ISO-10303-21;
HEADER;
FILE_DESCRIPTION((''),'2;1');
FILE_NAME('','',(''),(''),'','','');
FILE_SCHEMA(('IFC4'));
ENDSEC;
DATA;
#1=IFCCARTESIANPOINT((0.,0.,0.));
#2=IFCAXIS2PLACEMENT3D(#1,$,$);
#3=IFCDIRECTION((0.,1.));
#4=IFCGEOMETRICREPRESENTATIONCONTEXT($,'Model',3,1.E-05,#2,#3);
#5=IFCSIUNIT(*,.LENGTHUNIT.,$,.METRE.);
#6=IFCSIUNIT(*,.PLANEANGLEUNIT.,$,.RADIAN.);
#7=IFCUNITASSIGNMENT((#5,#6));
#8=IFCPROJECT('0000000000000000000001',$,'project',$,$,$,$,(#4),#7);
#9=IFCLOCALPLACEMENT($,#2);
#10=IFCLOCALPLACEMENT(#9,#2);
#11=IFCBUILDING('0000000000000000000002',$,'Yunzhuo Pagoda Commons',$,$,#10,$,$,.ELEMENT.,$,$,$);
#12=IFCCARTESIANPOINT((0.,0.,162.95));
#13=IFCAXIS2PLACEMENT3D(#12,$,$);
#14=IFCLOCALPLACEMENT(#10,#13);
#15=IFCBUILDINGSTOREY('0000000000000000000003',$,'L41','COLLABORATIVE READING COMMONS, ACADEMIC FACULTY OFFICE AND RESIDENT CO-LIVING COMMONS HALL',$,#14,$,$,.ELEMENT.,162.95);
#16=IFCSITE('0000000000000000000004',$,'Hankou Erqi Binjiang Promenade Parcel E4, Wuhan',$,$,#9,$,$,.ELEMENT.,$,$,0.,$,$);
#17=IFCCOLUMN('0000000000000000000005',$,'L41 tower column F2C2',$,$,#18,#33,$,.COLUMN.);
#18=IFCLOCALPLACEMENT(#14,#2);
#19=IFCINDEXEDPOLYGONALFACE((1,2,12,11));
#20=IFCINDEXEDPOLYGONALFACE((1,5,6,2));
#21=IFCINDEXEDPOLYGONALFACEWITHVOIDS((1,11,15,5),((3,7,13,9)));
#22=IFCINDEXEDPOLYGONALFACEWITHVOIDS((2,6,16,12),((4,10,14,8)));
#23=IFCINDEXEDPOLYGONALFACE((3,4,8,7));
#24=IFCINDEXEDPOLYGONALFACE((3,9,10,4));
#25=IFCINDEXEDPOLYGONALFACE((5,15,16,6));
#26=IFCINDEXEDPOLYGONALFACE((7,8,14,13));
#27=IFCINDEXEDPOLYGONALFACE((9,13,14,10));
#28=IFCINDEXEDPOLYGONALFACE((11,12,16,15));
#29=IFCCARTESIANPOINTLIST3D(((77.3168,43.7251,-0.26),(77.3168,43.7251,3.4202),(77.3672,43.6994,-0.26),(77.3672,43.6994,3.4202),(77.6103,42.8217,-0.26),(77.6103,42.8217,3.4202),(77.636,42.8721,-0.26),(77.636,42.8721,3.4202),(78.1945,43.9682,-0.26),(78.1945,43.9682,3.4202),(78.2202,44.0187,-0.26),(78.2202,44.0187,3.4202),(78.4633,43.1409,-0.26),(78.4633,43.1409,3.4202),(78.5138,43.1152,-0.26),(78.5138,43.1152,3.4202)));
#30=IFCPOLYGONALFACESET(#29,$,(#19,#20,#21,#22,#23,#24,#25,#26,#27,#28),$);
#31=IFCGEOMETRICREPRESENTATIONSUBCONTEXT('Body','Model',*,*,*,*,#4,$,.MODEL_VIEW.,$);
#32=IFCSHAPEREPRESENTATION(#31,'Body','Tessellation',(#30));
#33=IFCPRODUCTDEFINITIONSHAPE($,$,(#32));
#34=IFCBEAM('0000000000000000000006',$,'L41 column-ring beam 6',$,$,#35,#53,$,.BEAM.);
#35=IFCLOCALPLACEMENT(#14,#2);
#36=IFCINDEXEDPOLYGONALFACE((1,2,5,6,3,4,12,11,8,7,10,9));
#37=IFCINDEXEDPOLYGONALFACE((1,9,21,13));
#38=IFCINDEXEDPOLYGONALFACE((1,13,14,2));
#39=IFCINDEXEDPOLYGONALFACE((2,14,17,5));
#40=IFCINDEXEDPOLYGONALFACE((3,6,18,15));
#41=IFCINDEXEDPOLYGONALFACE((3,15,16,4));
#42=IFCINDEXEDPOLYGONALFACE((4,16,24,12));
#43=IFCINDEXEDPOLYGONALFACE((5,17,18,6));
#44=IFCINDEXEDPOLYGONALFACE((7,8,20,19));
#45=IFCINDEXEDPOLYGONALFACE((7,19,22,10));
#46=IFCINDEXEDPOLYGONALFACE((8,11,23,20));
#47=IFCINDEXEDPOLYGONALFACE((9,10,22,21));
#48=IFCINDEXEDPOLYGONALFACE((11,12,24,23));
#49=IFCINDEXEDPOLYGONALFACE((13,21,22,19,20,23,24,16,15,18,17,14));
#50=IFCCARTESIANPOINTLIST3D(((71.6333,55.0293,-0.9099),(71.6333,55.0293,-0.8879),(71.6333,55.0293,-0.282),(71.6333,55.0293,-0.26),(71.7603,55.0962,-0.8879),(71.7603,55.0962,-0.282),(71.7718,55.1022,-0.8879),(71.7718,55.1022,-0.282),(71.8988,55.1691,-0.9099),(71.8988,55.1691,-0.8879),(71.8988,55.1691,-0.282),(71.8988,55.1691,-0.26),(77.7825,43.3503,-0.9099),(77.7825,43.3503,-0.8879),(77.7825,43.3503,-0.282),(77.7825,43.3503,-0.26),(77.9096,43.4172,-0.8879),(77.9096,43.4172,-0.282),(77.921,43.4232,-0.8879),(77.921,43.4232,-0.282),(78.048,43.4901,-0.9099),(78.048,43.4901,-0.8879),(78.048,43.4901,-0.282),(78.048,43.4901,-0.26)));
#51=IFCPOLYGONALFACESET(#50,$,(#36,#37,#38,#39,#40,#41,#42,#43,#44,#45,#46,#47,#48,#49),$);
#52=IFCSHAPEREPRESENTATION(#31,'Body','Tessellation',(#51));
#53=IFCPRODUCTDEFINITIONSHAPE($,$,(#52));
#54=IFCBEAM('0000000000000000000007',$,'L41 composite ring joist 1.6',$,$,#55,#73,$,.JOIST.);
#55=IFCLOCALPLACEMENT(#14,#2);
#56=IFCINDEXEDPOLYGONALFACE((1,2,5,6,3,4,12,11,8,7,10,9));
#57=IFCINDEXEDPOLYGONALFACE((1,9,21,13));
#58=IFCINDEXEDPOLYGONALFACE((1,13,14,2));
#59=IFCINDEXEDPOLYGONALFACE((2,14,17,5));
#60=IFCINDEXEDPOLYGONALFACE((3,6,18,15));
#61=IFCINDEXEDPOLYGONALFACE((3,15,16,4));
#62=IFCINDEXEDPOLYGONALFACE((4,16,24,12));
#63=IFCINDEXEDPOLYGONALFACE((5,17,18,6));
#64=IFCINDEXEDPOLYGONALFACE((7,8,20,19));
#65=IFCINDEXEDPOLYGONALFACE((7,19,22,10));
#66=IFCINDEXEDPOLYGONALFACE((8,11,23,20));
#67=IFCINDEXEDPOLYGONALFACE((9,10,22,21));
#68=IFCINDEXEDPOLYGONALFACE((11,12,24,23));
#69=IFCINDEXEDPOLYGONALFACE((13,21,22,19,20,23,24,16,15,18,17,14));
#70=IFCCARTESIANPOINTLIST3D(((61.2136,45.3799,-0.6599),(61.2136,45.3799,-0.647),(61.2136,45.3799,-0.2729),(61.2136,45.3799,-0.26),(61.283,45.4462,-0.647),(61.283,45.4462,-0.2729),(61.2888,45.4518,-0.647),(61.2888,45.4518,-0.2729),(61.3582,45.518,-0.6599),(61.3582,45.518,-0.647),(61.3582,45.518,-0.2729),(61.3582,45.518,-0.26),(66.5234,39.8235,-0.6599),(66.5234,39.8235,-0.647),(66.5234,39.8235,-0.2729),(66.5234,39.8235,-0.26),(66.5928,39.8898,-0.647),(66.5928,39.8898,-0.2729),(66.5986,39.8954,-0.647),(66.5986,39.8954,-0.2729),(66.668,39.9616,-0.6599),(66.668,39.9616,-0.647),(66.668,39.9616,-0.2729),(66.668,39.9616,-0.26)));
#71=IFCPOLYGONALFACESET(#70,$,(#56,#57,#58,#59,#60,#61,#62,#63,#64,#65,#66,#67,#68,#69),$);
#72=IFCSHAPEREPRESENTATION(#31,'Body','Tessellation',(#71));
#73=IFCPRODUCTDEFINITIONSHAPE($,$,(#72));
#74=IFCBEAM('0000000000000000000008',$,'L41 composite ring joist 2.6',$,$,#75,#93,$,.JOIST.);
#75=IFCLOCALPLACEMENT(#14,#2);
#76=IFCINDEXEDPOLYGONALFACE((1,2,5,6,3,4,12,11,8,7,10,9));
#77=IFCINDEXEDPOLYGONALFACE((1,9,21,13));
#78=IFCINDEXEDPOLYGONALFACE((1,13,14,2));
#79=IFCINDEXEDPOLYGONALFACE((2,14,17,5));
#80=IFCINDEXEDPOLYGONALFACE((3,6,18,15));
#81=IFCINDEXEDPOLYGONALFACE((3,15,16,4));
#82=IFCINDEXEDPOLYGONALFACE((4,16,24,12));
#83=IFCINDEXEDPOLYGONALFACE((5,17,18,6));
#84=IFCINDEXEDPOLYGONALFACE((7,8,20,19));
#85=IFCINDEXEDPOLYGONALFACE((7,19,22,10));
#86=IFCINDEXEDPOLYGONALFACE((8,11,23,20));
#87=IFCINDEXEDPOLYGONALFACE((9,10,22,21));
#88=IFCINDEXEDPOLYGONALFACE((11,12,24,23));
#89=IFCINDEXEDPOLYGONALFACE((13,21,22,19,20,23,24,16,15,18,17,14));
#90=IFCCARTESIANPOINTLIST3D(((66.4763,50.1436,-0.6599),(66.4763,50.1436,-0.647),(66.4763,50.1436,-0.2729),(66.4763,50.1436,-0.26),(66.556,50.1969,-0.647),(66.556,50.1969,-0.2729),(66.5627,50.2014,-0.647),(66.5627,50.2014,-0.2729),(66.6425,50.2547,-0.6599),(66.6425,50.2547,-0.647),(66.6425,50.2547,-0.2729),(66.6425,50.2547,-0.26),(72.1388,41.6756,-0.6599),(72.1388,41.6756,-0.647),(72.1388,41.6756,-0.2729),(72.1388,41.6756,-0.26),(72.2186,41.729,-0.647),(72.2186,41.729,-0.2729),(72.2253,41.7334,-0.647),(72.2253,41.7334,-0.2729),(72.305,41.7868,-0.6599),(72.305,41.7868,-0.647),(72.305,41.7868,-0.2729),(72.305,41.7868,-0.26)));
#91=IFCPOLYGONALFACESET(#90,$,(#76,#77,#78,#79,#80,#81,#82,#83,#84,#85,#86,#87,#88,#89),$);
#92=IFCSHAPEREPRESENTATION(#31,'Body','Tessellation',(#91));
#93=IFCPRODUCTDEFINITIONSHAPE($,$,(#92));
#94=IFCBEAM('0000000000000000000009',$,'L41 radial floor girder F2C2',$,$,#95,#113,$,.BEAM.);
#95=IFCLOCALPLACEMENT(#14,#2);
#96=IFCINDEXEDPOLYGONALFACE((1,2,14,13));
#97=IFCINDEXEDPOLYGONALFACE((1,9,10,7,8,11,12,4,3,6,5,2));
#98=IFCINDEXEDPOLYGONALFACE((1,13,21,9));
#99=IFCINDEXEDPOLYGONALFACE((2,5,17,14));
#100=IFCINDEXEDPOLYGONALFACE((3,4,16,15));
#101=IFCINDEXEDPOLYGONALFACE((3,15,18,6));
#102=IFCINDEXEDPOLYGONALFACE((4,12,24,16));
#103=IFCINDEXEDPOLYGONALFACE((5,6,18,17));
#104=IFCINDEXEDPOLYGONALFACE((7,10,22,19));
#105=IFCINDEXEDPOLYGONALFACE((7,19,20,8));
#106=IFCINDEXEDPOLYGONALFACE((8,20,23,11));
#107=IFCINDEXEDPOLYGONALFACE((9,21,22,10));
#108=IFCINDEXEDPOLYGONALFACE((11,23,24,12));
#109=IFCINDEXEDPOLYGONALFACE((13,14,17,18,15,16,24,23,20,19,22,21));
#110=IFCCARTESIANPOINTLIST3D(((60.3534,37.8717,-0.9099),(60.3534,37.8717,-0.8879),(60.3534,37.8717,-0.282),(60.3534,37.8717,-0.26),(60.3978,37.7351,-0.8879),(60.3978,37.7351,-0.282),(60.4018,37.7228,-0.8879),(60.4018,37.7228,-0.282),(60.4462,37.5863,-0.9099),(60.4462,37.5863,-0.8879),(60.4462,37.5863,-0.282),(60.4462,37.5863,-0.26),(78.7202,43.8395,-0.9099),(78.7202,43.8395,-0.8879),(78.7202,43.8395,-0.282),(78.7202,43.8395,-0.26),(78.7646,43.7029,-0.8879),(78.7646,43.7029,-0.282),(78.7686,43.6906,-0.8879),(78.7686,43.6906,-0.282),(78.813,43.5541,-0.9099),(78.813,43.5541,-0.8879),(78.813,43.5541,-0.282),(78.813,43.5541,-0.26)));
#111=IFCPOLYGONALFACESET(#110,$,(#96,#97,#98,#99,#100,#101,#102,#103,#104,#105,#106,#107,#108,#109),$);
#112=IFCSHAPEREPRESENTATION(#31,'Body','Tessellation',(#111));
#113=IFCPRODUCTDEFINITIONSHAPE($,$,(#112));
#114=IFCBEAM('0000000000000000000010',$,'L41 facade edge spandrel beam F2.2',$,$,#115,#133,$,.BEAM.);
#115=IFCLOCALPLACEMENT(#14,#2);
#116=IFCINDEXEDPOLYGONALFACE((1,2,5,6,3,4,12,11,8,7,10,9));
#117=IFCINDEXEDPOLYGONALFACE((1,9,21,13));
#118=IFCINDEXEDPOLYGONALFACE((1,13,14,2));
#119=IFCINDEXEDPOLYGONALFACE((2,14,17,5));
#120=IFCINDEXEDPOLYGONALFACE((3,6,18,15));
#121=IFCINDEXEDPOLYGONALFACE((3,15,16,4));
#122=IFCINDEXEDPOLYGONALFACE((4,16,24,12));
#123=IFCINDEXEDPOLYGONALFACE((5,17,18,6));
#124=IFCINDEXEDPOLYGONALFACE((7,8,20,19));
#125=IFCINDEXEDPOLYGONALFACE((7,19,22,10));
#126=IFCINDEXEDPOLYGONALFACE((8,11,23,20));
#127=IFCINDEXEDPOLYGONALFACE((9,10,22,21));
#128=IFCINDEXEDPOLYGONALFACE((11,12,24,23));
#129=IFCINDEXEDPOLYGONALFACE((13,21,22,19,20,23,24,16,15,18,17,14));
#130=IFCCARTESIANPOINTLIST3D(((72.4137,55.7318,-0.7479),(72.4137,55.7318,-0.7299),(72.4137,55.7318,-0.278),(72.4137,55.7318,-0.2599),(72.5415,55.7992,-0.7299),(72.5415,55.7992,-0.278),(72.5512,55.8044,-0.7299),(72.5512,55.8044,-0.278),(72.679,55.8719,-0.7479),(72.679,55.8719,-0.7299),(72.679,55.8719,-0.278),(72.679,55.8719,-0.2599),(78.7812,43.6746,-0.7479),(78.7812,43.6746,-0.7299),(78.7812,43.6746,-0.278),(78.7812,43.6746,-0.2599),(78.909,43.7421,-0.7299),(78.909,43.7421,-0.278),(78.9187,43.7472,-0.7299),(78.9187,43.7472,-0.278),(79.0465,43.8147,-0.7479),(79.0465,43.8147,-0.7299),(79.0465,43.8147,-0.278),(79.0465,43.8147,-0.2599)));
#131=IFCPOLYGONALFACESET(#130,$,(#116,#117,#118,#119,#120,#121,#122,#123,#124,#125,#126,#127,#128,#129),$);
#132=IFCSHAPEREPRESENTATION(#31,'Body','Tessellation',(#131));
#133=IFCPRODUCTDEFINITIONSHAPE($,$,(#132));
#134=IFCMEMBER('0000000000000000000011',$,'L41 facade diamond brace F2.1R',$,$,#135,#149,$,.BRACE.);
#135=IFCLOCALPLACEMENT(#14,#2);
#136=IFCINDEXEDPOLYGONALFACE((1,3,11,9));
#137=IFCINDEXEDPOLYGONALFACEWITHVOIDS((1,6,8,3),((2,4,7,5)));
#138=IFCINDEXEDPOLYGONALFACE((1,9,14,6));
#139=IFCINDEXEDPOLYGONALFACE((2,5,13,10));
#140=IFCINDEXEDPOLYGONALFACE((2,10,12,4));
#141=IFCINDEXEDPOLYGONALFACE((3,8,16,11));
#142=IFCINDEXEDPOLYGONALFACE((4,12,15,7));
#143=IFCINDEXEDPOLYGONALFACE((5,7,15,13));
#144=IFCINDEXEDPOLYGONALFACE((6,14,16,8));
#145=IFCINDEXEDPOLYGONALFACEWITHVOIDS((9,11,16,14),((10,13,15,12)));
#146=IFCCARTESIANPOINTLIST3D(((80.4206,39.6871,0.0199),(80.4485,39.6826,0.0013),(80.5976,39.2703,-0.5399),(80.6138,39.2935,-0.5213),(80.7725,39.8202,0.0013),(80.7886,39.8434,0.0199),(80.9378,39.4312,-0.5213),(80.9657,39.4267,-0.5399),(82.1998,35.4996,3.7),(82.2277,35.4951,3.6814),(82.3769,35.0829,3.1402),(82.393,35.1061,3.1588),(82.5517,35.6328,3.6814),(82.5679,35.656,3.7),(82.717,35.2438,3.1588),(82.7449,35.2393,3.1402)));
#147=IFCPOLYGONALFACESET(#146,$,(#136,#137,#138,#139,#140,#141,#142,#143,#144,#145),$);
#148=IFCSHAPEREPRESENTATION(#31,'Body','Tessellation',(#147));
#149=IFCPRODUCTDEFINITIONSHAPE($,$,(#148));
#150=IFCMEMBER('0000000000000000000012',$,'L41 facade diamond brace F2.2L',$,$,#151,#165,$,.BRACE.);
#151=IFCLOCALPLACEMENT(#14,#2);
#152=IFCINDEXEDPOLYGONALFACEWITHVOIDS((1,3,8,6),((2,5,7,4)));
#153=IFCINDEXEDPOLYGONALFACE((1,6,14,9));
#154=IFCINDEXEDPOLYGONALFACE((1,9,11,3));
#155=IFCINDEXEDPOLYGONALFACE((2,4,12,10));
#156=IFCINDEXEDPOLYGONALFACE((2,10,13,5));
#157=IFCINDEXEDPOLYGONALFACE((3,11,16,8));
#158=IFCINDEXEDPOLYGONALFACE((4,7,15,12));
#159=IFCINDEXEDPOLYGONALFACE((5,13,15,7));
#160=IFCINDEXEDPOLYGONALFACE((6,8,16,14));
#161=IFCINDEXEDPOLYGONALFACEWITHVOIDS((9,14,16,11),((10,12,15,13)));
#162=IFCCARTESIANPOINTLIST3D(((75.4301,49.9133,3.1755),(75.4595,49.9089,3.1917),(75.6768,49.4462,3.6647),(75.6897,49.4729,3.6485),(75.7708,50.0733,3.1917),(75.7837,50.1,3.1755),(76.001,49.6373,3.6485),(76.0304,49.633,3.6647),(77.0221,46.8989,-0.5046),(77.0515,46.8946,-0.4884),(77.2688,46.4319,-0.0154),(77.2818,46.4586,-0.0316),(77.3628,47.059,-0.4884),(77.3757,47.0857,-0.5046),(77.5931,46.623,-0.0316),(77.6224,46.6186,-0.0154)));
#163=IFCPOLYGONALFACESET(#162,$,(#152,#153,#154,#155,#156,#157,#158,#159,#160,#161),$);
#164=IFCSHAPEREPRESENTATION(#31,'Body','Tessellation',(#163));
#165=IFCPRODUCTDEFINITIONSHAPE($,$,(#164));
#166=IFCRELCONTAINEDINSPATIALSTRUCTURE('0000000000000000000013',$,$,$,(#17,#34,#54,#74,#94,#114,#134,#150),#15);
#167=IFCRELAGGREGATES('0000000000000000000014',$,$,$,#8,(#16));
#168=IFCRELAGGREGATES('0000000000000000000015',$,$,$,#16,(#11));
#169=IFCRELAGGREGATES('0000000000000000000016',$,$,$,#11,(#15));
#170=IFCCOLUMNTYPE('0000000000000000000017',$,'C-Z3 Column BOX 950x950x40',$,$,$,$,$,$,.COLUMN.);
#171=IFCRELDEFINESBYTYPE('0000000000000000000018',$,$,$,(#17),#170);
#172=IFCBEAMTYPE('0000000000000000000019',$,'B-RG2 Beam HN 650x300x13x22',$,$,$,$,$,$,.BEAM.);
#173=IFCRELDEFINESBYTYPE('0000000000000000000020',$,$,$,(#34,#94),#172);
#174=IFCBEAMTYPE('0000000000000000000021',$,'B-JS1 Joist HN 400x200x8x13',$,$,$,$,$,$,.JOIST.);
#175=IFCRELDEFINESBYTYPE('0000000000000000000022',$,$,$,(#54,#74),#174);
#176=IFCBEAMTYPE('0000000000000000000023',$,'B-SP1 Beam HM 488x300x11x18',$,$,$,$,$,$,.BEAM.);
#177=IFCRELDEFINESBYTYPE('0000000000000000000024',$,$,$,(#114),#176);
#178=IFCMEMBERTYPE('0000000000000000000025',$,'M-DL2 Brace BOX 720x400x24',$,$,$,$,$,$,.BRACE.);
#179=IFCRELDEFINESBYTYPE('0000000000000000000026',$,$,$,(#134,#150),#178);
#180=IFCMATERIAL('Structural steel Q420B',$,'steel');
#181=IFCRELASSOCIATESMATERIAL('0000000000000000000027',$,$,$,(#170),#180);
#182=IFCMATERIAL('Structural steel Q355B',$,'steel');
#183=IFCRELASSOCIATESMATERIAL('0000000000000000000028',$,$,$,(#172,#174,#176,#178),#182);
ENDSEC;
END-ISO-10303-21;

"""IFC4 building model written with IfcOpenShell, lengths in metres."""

from ifc_helpers import new_model, si_unit, direction, frame, origin, origin_2d, place, context, subcontext, project, spatial, hollow_rectangle, i_section, extrude, source, transform, mapped, material, material_profile, profile_set, type_object, element, save


model = new_model("IFC4")

# Units and contexts
model_context = context("Model", 3, precision=1e-05, world=origin(), true_north=direction((0.0, 1.0)))
body_context = subcontext(model_context, "Body", "Model", "MODEL_VIEW")
ifc_project = project(units=[si_unit("LENGTHUNIT", "METRE"), si_unit("PLANEANGLEUNIT", "RADIAN")], contexts=[model_context])

# Site, building, storey
site_placement = place(None, origin())
site = spatial("IfcSite", under=ifc_project, at=site_placement, Name="Hankou Erqi Binjiang Promenade Parcel E4, Wuhan", CompositionType="ELEMENT", RefElevation=0.0)
building_placement = place(site_placement, origin())
building = spatial("IfcBuilding", under=site, at=building_placement, Name="Yunzhuo Pagoda Commons", CompositionType="ELEMENT")
storey_placement = place(building_placement, frame((0.0, 0.0, 162.95)))
storey = spatial("IfcBuildingStorey", under=building, at=storey_placement, Name="L41", Description="COLLABORATIVE READING COMMONS, ACADEMIC FACULTY OFFICE AND RESIDENT CO-LIVING COMMONS HALL", CompositionType="ELEMENT", Elevation=162.95)

# Column
ifc_material_1 = material(Name="Structural steel Q420B", Category="steel")
ifc_material_profile_1 = material_profile(ifc_material_1, hollow_rectangle(XDim=0.95, YDim=0.95, WallThickness=0.04, at=origin_2d()), Name="Structural steel Q420B")
ifc_profile_set_1 = profile_set([ifc_material_profile_1], Name="Structural steel Q420B")
column_type = type_object("IfcColumnType", Name="C-Z3 Column BOX 950x950x40", PredefinedType="COLUMN", material=ifc_profile_set_1)
shared_shape_1 = source(origin(), body_context, "Body", "SweptSolid", [
    extrude(hollow_rectangle(XDim=0.95, YDim=0.95, WallThickness=0.04, at=origin_2d()), origin(), (0.0, 0.0, 1.0), 3.6802),
])
column_placement = place(storey_placement, frame((77.9153, 43.4202, -0.26), z_axis=(0.0, 0.0, 1.0), x_axis=(-0.309017, 0.951057, 0.0)))
element("IfcColumn", 1, at=column_placement, inside=storey, type_object=column_type, Name="L41 tower column F2C2", PredefinedType="COLUMN", context=body_context, shape_type="MappedRepresentation", body=[
    mapped(shared_shape_1, transform((0.0, 0.0, 0.0), scale=1.0)),
])

# Beams
ifc_material_2 = material(Name="Structural steel Q355B", Category="steel")
ifc_material_profile_2 = material_profile(ifc_material_2, i_section(OverallWidth=0.3, OverallDepth=0.6499, WebThickness=0.0129, FlangeThickness=0.022, at=origin_2d()), Name="Structural steel Q355B")
ifc_profile_set_2 = profile_set([ifc_material_profile_2], Name="Structural steel Q355B")
beam_type_1 = type_object("IfcBeamType", Name="B-RG2 Beam HN 650x300x13x22", PredefinedType="BEAM", material=ifc_profile_set_2)
shared_shape_2 = source(origin(), body_context, "Body", "SweptSolid", [
    extrude(i_section(OverallWidth=0.3, OverallDepth=0.6499, WebThickness=0.0129, FlangeThickness=0.022, at=origin_2d()), origin(), (0.0, 0.0, 1.0), 13.199),
])
beam_1_placement = place(storey_placement, frame((77.9153, 43.4202, -0.585), z_axis=(-0.465886, 0.884845, 0.0), x_axis=(-0.884845, -0.465886, 0.0)))
element("IfcBeam", 2, at=beam_1_placement, inside=storey, type_object=beam_type_1, Name="L41 column-ring beam 6", PredefinedType="BEAM", context=body_context, shape_type="MappedRepresentation", body=[
    mapped(shared_shape_2, transform((0.0, 0.0, 0.0), scale=1.0)),
])
ifc_material_profile_3 = material_profile(ifc_material_2, i_section(OverallWidth=0.2, OverallDepth=0.3999, WebThickness=0.0081, FlangeThickness=0.0129, at=origin_2d()), Name="Structural steel Q355B")
ifc_profile_set_3 = profile_set([ifc_material_profile_3], Name="Structural steel Q355B")
beam_type_2 = type_object("IfcBeamType", Name="B-JS1 Joist HN 400x200x8x13", PredefinedType="JOIST", material=ifc_profile_set_3)
shared_shape_3 = source(origin(), body_context, "Body", "SweptSolid", [
    extrude(i_section(OverallWidth=0.2, OverallDepth=0.3999, WebThickness=0.0081, FlangeThickness=0.0129, at=origin_2d()), origin(), (0.0, 0.0, 1.0), 7.6855),
])
beam_2_placement = place(storey_placement, frame((66.5957, 39.8926, -0.46), z_axis=(-0.690883, 0.722967, 0.0), x_axis=(-0.722967, -0.690883, 0.0)))
element("IfcBeam", 3, at=beam_2_placement, inside=storey, type_object=beam_type_2, Name="L41 composite ring joist 1.6", PredefinedType="JOIST", context=body_context, shape_type="MappedRepresentation", body=[
    mapped(shared_shape_3, transform((0.0, 0.0, 0.0), scale=1.0)),
])
shared_shape_4 = source(origin(), body_context, "Body", "SweptSolid", [
    extrude(i_section(OverallWidth=0.2, OverallDepth=0.3999, WebThickness=0.0081, FlangeThickness=0.0129, at=origin_2d()), origin(), (0.0, 0.0, 1.0), 10.1868),
])
beam_3_placement = place(storey_placement, frame((72.2219, 41.7312, -0.46), z_axis=(-0.555872, 0.831268, 0.0), x_axis=(-0.831268, -0.555872, 0.0)))
element("IfcBeam", 4, at=beam_3_placement, inside=storey, type_object=beam_type_2, Name="L41 composite ring joist 2.6", PredefinedType="JOIST", context=body_context, shape_type="MappedRepresentation", body=[
    mapped(shared_shape_4, transform((0.0, 0.0, 0.0), scale=1.0)),
])
shared_shape_5 = source(origin(), body_context, "Body", "SweptSolid", [
    extrude(i_section(OverallWidth=0.3, OverallDepth=0.6499, WebThickness=0.0129, FlangeThickness=0.022, at=origin_2d()), origin(), (0.0, 0.0, 1.0), 19.312),
])
beam_4_placement = place(storey_placement, frame((78.7666, 43.6968, -0.585), z_axis=(-0.951055, -0.30902, 0.0), x_axis=(0.30902, -0.951055, 0.0)))
element("IfcBeam", 5, at=beam_4_placement, inside=storey, type_object=beam_type_1, Name="L41 radial floor girder F2C2", PredefinedType="BEAM", context=body_context, shape_type="MappedRepresentation", body=[
    mapped(shared_shape_5, transform((0.0, 0.0, 0.0), scale=1.0)),
])
ifc_material_profile_4 = material_profile(ifc_material_2, i_section(OverallWidth=0.3, OverallDepth=0.488, WebThickness=0.011, FlangeThickness=0.0181, at=origin_2d()), Name="Structural steel Q355B")
ifc_profile_set_4 = profile_set([ifc_material_profile_4], Name="Structural steel Q355B")
beam_type_3 = type_object("IfcBeamType", Name="B-SP1 Beam HM 488x300x11x18", PredefinedType="BEAM", material=ifc_profile_set_4)
shared_shape_6 = source(origin(), body_context, "Body", "SweptSolid", [
    extrude(i_section(OverallWidth=0.3, OverallDepth=0.488, WebThickness=0.011, FlangeThickness=0.0181, at=origin_2d()), origin(), (0.0, 0.0, 1.0), 13.6353),
])
beam_5_placement = place(storey_placement, frame((78.9138, 43.7446, -0.5039), z_axis=(-0.466985, 0.884265, 0.0), x_axis=(-0.884265, -0.466985, 0.0)))
element("IfcBeam", 6, at=beam_5_placement, inside=storey, type_object=beam_type_3, Name="L41 facade edge spandrel beam F2.2", PredefinedType="BEAM", context=body_context, shape_type="MappedRepresentation", body=[
    mapped(shared_shape_6, transform((0.0, 0.0, 0.0), scale=1.0)),
])

# Members
ifc_material_profile_5 = material_profile(ifc_material_2, hollow_rectangle(XDim=0.3999, YDim=0.72, WallThickness=0.0239, at=origin_2d()), Name="Structural steel Q355B")
ifc_profile_set_5 = profile_set([ifc_material_profile_5], Name="Structural steel Q355B")
member_type_1 = type_object("IfcMemberType", Name="M-DL2 Brace BOX 720x400x24", PredefinedType="BRACE", material=ifc_profile_set_5)
shared_shape_7 = source(origin(), body_context, "Body", "SweptSolid", [
    extrude(hollow_rectangle(XDim=0.3999, YDim=0.72, WallThickness=0.0239, at=origin_2d()), origin(), (0.0, 0.0, 1.0), 5.8518),
])
member_1_placement = place(storey_placement, frame((80.6931, 39.5569, -0.26), z_axis=(0.304054, -0.715579, 0.628885), x_axis=(0.920362, 0.391068, 0.0)))
element("IfcMember", 7, at=member_1_placement, inside=storey, type_object=member_type_1, Name="L41 facade diamond brace F2.1R", PredefinedType="BRACE", context=body_context, shape_type="MappedRepresentation", body=[
    mapped(shared_shape_7, transform((0.0, 0.0, 0.0), scale=1.0)),
])
shared_shape_8 = source(origin(), body_context, "Body", "SweptSolid", [
    extrude(hollow_rectangle(XDim=0.3999, YDim=0.72, WallThickness=0.0239, at=origin_2d()), origin(), (0.0, 0.0, 1.0), 5.0164),
])
member_2_placement = place(storey_placement, frame((77.3223, 46.7588, -0.26), z_axis=(-0.317363, 0.600902, 0.733619), x_axis=(-0.884251, -0.467012, 0.0)))
element("IfcMember", 8, at=member_2_placement, inside=storey, type_object=member_type_1, Name="L41 facade diamond brace F2.2L", PredefinedType="BRACE", context=body_context, shape_type="MappedRepresentation", body=[
    mapped(shared_shape_8, transform((0.0, 0.0, 0.0), scale=1.0)),
])

save(model, "model.ifc")
